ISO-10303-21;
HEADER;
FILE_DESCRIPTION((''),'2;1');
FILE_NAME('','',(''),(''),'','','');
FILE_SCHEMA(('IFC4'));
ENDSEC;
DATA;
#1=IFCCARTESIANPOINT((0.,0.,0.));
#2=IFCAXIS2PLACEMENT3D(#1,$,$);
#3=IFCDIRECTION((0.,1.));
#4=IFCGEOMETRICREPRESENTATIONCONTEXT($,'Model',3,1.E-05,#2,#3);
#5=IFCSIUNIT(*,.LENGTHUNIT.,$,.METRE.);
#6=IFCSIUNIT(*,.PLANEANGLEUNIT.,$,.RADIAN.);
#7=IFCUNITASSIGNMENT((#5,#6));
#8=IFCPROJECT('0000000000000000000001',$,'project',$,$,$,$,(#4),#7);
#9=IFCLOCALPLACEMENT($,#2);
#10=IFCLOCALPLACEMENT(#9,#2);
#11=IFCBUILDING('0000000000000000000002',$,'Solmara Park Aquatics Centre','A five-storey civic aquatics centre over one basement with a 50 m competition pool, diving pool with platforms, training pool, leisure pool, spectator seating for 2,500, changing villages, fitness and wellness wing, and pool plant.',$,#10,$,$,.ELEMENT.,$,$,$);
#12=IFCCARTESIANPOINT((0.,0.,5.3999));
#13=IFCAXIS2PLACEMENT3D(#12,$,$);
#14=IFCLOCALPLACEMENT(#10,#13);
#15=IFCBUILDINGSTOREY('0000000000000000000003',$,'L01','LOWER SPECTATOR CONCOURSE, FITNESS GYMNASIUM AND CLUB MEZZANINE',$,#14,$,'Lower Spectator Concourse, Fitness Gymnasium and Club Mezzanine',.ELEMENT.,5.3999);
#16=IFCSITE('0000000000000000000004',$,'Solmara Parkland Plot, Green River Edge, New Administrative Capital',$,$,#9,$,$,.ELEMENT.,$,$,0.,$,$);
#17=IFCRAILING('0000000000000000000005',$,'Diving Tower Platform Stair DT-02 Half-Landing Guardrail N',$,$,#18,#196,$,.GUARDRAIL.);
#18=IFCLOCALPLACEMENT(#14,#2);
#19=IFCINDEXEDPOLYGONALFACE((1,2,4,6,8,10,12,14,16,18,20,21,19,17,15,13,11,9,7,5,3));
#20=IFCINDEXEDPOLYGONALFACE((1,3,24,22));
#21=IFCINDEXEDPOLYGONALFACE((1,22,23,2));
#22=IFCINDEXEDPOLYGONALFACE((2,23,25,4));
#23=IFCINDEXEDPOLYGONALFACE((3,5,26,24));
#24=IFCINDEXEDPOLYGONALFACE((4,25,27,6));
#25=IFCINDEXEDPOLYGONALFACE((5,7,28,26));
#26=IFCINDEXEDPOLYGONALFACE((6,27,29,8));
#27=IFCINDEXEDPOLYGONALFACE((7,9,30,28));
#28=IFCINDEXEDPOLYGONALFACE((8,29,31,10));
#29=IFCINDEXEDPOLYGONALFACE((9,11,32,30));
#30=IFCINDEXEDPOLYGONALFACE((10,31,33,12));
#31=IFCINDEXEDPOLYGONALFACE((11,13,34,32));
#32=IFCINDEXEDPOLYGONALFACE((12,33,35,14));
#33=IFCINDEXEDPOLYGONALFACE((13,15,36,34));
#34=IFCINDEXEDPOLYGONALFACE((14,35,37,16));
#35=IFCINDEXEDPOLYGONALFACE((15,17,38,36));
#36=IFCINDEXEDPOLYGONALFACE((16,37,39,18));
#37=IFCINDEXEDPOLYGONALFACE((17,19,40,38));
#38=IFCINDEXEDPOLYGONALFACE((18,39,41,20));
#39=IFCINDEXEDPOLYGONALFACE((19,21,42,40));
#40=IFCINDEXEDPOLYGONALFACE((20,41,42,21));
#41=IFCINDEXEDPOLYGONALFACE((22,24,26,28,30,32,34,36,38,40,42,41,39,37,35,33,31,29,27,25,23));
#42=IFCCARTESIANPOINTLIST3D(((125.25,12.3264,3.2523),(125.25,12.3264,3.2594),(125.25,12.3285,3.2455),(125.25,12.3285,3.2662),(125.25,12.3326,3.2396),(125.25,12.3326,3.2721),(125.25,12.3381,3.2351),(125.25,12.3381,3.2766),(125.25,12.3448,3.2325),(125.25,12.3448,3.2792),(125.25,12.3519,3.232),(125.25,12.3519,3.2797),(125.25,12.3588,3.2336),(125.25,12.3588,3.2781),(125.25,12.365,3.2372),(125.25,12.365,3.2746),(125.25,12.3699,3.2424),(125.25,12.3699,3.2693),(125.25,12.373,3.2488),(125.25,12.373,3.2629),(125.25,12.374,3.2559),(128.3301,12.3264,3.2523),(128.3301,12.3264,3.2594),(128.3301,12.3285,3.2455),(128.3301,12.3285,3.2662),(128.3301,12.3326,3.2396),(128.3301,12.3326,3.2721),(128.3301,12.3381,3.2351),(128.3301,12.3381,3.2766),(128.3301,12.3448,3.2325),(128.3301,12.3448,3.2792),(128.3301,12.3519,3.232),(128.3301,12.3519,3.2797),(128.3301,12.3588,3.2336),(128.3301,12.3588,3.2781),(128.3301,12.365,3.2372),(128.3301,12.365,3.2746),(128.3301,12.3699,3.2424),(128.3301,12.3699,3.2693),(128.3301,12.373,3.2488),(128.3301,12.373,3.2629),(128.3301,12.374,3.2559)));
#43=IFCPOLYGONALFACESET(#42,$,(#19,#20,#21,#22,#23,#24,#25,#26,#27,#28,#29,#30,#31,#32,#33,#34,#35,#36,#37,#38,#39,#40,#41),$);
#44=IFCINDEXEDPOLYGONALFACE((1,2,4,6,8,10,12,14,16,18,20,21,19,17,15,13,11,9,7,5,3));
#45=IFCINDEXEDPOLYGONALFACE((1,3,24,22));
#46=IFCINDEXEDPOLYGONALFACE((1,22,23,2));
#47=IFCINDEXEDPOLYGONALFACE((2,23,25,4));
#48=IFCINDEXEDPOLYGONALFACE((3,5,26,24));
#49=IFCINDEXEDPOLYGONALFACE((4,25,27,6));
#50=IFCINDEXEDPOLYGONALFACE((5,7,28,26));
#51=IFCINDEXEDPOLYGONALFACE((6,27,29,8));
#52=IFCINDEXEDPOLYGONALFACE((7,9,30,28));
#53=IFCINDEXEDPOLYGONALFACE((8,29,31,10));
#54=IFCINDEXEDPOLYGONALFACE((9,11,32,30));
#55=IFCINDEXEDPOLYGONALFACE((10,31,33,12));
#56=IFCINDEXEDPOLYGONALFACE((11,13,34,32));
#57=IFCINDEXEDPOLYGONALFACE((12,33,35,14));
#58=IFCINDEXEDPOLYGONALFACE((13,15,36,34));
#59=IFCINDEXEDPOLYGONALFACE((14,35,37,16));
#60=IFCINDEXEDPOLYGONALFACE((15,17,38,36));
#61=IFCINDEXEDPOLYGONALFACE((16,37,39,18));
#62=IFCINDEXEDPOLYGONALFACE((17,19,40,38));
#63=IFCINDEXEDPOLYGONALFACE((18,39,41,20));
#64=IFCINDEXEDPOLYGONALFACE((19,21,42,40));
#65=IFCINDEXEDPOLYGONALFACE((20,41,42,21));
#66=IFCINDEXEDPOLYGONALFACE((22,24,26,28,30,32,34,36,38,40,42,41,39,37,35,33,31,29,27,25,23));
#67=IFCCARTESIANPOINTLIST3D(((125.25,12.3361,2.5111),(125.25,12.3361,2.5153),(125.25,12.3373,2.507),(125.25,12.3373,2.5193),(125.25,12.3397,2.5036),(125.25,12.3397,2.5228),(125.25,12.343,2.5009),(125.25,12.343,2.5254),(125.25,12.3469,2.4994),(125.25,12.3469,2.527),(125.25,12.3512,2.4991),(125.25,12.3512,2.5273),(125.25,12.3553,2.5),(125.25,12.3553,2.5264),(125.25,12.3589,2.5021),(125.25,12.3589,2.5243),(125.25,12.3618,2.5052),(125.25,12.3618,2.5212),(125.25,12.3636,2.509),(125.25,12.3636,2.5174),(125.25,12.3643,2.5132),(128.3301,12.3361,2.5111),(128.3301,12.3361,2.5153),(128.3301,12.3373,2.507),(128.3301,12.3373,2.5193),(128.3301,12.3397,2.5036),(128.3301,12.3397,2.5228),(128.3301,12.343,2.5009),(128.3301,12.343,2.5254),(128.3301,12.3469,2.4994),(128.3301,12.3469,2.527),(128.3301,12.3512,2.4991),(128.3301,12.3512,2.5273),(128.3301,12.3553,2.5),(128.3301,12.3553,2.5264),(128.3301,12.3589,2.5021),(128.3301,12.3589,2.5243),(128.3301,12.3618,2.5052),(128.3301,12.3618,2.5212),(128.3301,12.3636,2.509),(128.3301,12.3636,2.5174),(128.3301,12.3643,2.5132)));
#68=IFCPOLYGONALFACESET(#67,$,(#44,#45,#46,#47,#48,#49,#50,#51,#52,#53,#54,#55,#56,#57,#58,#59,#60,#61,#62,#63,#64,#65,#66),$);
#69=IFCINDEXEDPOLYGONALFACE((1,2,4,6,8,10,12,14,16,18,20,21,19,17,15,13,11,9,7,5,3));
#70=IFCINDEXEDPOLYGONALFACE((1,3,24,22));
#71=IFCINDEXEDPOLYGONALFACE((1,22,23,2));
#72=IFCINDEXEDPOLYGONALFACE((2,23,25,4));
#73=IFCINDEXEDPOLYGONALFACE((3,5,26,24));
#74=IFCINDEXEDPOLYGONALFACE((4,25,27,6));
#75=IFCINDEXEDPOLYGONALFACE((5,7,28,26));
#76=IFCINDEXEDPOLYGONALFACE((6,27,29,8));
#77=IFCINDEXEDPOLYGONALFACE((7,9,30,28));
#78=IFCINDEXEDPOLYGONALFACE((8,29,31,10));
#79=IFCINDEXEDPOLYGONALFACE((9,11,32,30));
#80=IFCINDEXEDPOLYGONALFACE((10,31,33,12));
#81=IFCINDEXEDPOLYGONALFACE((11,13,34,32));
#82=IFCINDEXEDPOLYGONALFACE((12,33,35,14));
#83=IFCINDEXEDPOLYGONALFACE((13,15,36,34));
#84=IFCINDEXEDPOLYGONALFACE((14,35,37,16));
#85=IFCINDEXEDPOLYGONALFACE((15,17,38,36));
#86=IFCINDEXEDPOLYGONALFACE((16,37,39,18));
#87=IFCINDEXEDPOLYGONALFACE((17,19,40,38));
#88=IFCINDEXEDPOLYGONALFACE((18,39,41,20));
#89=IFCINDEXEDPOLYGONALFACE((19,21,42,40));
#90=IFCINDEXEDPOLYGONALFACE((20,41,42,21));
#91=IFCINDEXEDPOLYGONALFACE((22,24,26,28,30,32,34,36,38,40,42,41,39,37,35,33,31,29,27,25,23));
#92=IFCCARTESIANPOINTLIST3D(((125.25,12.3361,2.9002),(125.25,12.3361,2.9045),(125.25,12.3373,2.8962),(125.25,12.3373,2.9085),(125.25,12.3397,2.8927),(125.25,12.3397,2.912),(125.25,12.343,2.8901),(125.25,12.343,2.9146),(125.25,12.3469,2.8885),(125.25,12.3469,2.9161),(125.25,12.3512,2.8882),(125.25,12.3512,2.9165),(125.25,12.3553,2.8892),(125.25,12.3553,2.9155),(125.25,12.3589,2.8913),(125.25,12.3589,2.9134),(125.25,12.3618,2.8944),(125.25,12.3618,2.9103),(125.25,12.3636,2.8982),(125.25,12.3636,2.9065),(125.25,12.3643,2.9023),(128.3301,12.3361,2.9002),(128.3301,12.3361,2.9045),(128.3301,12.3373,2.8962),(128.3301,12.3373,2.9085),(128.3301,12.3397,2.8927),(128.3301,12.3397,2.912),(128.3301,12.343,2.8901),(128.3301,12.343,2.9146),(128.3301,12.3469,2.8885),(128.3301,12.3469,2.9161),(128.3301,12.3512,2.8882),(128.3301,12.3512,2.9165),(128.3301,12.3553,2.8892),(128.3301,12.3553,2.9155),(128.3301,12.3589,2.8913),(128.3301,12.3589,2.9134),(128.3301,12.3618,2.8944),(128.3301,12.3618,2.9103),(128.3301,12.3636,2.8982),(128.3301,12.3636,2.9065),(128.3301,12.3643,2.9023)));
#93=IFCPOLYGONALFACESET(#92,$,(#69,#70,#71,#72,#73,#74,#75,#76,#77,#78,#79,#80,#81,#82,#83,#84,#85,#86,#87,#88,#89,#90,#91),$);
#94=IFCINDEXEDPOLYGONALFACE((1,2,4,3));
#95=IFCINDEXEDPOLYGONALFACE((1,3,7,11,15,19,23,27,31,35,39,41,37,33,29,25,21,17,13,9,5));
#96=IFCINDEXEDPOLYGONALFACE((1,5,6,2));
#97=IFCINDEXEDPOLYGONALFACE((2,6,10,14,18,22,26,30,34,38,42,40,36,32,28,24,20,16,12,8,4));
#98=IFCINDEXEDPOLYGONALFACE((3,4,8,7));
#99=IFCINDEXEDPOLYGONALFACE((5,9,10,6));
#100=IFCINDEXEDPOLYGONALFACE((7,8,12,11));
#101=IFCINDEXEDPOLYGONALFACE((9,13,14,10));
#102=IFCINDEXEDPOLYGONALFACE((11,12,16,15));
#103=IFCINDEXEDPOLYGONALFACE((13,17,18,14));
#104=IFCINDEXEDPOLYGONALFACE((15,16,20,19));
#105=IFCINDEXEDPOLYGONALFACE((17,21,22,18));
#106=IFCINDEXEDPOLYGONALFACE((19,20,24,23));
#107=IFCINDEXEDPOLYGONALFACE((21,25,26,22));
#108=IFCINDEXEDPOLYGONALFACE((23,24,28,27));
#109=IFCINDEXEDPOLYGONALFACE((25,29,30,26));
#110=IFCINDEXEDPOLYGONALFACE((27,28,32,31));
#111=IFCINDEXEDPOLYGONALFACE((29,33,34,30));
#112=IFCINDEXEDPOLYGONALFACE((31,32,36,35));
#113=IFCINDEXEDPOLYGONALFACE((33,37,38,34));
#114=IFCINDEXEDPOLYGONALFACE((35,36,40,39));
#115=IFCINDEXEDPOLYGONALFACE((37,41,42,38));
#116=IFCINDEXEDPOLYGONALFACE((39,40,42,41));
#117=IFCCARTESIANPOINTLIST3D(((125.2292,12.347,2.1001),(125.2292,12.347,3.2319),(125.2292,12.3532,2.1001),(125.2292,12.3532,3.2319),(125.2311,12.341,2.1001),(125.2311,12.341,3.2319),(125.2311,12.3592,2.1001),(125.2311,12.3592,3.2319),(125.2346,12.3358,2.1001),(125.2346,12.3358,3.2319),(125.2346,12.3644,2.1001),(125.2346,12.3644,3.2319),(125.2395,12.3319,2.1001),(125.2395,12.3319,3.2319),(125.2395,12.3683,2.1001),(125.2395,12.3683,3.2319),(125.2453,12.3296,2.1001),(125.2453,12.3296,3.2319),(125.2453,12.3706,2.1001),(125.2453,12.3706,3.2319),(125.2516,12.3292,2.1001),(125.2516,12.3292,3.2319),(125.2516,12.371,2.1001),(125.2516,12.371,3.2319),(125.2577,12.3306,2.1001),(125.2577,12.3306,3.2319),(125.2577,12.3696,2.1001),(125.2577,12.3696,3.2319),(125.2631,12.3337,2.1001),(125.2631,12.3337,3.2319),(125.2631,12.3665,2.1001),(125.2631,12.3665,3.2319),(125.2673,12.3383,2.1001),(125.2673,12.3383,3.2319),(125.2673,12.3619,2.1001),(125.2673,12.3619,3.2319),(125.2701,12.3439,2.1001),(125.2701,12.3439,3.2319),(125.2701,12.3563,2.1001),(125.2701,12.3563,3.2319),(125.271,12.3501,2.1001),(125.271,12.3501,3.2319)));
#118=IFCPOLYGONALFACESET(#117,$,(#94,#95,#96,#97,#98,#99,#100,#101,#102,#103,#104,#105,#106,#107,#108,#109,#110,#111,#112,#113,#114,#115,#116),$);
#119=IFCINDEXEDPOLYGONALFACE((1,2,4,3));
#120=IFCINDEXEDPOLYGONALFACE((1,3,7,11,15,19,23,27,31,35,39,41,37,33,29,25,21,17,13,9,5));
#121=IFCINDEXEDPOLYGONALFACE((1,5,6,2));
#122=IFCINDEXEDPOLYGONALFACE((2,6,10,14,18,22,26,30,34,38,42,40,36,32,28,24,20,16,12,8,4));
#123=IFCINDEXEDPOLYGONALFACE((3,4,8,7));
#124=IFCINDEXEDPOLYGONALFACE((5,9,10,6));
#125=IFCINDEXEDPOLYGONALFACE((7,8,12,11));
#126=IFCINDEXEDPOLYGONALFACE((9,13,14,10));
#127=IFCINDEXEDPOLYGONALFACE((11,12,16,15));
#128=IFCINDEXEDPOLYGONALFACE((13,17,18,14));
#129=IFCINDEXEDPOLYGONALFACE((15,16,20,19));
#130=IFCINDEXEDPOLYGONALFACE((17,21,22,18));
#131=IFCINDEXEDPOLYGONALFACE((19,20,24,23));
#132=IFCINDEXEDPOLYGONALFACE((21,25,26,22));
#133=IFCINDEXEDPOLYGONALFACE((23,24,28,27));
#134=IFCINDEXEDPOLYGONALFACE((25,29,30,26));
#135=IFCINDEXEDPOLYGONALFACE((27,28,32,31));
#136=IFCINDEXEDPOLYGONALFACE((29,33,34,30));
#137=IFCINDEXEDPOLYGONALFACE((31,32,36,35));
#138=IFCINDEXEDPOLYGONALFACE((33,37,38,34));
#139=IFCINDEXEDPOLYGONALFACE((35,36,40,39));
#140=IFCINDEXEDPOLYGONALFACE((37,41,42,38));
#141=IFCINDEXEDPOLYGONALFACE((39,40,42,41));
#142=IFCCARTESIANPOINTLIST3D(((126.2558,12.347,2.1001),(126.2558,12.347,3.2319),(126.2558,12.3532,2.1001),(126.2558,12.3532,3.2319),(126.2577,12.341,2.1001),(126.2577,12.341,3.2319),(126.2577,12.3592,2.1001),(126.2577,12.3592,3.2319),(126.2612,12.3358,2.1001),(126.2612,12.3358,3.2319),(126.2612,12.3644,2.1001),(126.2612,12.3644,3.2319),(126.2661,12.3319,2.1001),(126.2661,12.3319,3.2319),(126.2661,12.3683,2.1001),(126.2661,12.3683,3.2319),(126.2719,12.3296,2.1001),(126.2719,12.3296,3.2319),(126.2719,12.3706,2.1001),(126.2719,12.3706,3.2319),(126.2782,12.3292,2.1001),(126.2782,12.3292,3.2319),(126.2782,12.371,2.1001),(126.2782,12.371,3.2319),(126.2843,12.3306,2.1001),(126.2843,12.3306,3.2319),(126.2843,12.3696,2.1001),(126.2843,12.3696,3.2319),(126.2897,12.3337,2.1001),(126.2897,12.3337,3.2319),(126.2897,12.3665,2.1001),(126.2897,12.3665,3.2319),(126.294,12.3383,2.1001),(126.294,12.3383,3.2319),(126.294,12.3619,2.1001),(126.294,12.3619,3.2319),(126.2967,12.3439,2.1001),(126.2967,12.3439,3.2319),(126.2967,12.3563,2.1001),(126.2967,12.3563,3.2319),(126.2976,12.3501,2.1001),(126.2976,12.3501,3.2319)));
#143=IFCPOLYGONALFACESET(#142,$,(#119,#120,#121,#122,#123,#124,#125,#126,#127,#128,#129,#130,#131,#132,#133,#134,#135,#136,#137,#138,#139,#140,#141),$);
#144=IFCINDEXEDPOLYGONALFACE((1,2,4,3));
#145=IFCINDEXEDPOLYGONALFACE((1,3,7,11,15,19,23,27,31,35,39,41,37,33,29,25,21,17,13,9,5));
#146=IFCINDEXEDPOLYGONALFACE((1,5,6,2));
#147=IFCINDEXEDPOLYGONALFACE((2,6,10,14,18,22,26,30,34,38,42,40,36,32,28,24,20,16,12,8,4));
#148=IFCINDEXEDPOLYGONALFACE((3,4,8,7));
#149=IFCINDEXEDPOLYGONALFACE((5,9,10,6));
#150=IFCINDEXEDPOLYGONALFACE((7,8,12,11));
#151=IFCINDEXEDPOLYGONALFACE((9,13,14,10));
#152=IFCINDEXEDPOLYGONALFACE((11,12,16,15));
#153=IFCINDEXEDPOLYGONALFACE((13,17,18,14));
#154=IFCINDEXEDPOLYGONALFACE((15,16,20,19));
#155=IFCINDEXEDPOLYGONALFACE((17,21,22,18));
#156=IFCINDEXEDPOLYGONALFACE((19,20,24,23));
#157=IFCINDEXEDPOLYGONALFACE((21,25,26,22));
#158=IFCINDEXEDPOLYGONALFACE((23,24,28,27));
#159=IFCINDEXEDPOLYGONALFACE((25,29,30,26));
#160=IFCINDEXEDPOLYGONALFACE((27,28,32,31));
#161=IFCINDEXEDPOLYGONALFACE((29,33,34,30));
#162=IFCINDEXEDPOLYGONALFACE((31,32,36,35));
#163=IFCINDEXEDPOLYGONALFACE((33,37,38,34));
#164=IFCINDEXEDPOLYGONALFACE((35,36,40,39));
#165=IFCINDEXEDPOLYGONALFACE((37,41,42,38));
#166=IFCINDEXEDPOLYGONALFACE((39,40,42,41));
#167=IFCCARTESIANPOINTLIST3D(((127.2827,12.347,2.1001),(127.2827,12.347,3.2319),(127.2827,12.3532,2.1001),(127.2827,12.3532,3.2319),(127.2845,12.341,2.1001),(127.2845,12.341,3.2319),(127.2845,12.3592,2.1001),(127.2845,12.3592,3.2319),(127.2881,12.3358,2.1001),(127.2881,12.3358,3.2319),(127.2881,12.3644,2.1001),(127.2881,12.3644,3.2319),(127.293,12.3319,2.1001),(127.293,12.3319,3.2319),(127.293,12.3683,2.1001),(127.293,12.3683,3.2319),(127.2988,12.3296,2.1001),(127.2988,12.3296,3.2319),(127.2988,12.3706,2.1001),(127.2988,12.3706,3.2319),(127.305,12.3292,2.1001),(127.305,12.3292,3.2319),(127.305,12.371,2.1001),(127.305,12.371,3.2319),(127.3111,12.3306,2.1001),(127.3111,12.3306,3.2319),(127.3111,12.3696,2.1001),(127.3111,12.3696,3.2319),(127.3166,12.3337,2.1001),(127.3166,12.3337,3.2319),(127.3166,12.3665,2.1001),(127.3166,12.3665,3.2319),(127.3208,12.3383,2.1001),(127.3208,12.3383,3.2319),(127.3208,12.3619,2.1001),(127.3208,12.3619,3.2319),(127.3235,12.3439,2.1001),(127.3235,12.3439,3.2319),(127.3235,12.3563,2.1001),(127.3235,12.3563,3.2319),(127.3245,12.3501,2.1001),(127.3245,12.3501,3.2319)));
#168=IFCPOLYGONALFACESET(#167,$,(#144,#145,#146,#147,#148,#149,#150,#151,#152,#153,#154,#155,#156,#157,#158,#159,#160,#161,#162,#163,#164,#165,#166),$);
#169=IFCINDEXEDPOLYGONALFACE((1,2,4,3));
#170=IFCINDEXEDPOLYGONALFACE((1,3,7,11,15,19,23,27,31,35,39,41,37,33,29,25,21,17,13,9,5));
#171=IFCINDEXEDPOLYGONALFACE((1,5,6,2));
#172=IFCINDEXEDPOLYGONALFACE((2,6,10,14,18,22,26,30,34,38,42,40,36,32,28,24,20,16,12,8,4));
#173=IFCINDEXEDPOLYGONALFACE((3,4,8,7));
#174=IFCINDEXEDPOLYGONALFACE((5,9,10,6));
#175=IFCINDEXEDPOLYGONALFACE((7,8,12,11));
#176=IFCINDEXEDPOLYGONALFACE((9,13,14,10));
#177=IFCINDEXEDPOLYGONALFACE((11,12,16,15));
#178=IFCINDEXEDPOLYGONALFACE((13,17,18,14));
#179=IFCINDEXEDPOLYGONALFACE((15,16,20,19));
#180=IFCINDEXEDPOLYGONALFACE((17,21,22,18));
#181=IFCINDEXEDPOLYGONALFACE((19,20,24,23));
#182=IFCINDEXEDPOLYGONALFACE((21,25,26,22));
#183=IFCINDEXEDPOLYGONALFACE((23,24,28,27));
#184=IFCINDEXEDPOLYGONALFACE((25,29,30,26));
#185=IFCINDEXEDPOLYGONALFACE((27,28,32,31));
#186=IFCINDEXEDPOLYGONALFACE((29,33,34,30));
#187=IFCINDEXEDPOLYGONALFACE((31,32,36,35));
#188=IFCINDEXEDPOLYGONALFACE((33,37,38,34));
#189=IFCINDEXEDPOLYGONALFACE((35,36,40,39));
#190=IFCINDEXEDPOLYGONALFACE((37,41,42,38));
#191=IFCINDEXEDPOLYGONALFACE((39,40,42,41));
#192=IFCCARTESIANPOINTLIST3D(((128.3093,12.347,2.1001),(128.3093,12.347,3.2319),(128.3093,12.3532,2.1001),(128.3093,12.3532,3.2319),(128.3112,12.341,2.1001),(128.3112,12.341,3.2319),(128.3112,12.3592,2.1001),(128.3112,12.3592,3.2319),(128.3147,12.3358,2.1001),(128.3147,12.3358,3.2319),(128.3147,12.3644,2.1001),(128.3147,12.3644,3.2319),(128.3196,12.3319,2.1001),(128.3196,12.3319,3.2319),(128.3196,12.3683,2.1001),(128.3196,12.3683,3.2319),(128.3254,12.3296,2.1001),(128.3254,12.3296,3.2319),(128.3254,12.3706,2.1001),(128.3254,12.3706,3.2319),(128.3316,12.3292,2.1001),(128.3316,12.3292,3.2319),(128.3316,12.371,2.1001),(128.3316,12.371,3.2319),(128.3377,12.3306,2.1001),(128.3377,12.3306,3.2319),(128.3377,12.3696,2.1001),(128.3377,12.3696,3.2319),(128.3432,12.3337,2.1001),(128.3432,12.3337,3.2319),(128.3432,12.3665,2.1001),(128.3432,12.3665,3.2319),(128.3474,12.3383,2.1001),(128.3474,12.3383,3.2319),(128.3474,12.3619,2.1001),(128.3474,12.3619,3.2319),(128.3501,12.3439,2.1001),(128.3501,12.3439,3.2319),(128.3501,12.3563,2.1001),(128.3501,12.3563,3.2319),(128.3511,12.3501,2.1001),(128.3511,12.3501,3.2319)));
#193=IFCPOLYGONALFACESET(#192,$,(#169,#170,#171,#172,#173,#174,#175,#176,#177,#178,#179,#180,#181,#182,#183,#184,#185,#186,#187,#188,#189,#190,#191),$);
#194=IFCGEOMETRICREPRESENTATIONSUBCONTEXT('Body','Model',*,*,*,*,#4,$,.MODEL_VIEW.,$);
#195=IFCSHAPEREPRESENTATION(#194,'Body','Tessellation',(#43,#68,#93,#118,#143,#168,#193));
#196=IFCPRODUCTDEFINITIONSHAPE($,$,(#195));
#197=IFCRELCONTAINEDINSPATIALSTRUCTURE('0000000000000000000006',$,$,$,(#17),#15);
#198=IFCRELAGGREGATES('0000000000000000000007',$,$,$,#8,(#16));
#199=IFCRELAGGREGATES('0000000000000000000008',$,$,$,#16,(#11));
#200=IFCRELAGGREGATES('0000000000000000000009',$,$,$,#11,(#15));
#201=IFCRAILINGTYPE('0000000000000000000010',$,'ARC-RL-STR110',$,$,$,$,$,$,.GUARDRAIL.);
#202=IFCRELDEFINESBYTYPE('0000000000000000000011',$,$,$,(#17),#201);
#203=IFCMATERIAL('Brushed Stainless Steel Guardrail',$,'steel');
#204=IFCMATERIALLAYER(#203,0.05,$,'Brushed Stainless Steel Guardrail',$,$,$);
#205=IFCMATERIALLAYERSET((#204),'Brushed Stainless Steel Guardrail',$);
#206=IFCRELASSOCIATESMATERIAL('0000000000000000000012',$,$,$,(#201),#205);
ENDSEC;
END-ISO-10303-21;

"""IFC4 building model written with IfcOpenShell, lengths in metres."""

from ifc_helpers import new_model, si_unit, direction, frame, origin, origin_2d, place, context, subcontext, project, spatial, circle, extrude, material, layer, layer_set, type_object, element, save


model = new_model("IFC4")

# Units and contexts
model_context = context("Model", 3, precision=1e-05, world=origin(), true_north=direction((0.0, 1.0)))
body_context = subcontext(model_context, "Body", "Model", "MODEL_VIEW")
ifc_project = project(units=[si_unit("LENGTHUNIT", "METRE"), si_unit("PLANEANGLEUNIT", "RADIAN")], contexts=[model_context])

# Site, building, storey
site_placement = place(None, origin())
site = spatial("IfcSite", under=ifc_project, at=site_placement, Name="Solmara Parkland Plot, Green River Edge, New Administrative Capital", CompositionType="ELEMENT", RefElevation=0.0)
building_placement = place(site_placement, origin())
building = spatial("IfcBuilding", under=site, at=building_placement, Name="Solmara Park Aquatics Centre", Description="A five-storey civic aquatics centre over one basement with a 50 m competition pool, diving pool with platforms, training pool, leisure pool, spectator seating for 2,500, changing villages, fitness and wellness wing, and pool plant.", CompositionType="ELEMENT")
storey_placement = place(building_placement, frame((0.0, 0.0, 5.3999)))
storey = spatial("IfcBuildingStorey", under=building, at=storey_placement, Name="L01", Description="LOWER SPECTATOR CONCOURSE, FITNESS GYMNASIUM AND CLUB MEZZANINE", LongName="Lower Spectator Concourse, Fitness Gymnasium and Club Mezzanine", CompositionType="ELEMENT", Elevation=5.3999)

# Railing
ifc_material_1 = material(Name="Brushed Stainless Steel Guardrail", Category="steel")
ifc_layer_1 = layer(ifc_material_1, 0.05, Name="Brushed Stainless Steel Guardrail")
ifc_layer_set_1 = layer_set([ifc_layer_1], Name="Brushed Stainless Steel Guardrail")
railing_type_1 = type_object("IfcRailingType", Name="ARC-RL-STR110", PredefinedType="GUARDRAIL", material=ifc_layer_set_1)
railing_1_placement = place(storey_placement, frame((125.25, 12.3501, 2.1001)))
element("IfcRailing", 1, at=railing_1_placement, inside=storey, type_object=railing_type_1, Name="Diving Tower Platform Stair DT-02 Half-Landing Guardrail N", PredefinedType="GUARDRAIL", context=body_context, shape_type="SweptSolid", body=[
    extrude(circle(Radius=0.0239, at=origin_2d()), frame((0.0, 0.0, 1.1558), z_axis=(1.0, 0.0, 0.0), x_axis=(0.0, 1.0, 0.0)), (0.0, 0.0, 1.0), 3.0801),
    extrude(circle(Radius=0.0142, at=origin_2d()), frame((0.0, 0.0, 0.4131), z_axis=(1.0, 0.0, 0.0), x_axis=(0.0, 1.0, 0.0)), (0.0, 0.0, 1.0), 3.0801),
    extrude(circle(Radius=0.0142, at=origin_2d()), frame((0.0, 0.0, 0.8022), z_axis=(1.0, 0.0, 0.0), x_axis=(0.0, 1.0, 0.0)), (0.0, 0.0, 1.0), 3.0801),
    extrude(circle(Radius=0.021, at=origin_2d()), origin(), (0.0, 0.0, 1.0), 1.1318),
    extrude(circle(Radius=0.021, at=origin_2d()), frame((1.0266, 0.0, 0.0)), (0.0, 0.0, 1.0), 1.1318),
    extrude(circle(Radius=0.021, at=origin_2d()), frame((2.0535, 0.0, 0.0)), (0.0, 0.0, 1.0), 1.1318),
    extrude(circle(Radius=0.021, at=origin_2d()), frame((3.0801, 0.0, 0.0)), (0.0, 0.0, 1.0), 1.1318),
])

save(model, "model.ifc")
